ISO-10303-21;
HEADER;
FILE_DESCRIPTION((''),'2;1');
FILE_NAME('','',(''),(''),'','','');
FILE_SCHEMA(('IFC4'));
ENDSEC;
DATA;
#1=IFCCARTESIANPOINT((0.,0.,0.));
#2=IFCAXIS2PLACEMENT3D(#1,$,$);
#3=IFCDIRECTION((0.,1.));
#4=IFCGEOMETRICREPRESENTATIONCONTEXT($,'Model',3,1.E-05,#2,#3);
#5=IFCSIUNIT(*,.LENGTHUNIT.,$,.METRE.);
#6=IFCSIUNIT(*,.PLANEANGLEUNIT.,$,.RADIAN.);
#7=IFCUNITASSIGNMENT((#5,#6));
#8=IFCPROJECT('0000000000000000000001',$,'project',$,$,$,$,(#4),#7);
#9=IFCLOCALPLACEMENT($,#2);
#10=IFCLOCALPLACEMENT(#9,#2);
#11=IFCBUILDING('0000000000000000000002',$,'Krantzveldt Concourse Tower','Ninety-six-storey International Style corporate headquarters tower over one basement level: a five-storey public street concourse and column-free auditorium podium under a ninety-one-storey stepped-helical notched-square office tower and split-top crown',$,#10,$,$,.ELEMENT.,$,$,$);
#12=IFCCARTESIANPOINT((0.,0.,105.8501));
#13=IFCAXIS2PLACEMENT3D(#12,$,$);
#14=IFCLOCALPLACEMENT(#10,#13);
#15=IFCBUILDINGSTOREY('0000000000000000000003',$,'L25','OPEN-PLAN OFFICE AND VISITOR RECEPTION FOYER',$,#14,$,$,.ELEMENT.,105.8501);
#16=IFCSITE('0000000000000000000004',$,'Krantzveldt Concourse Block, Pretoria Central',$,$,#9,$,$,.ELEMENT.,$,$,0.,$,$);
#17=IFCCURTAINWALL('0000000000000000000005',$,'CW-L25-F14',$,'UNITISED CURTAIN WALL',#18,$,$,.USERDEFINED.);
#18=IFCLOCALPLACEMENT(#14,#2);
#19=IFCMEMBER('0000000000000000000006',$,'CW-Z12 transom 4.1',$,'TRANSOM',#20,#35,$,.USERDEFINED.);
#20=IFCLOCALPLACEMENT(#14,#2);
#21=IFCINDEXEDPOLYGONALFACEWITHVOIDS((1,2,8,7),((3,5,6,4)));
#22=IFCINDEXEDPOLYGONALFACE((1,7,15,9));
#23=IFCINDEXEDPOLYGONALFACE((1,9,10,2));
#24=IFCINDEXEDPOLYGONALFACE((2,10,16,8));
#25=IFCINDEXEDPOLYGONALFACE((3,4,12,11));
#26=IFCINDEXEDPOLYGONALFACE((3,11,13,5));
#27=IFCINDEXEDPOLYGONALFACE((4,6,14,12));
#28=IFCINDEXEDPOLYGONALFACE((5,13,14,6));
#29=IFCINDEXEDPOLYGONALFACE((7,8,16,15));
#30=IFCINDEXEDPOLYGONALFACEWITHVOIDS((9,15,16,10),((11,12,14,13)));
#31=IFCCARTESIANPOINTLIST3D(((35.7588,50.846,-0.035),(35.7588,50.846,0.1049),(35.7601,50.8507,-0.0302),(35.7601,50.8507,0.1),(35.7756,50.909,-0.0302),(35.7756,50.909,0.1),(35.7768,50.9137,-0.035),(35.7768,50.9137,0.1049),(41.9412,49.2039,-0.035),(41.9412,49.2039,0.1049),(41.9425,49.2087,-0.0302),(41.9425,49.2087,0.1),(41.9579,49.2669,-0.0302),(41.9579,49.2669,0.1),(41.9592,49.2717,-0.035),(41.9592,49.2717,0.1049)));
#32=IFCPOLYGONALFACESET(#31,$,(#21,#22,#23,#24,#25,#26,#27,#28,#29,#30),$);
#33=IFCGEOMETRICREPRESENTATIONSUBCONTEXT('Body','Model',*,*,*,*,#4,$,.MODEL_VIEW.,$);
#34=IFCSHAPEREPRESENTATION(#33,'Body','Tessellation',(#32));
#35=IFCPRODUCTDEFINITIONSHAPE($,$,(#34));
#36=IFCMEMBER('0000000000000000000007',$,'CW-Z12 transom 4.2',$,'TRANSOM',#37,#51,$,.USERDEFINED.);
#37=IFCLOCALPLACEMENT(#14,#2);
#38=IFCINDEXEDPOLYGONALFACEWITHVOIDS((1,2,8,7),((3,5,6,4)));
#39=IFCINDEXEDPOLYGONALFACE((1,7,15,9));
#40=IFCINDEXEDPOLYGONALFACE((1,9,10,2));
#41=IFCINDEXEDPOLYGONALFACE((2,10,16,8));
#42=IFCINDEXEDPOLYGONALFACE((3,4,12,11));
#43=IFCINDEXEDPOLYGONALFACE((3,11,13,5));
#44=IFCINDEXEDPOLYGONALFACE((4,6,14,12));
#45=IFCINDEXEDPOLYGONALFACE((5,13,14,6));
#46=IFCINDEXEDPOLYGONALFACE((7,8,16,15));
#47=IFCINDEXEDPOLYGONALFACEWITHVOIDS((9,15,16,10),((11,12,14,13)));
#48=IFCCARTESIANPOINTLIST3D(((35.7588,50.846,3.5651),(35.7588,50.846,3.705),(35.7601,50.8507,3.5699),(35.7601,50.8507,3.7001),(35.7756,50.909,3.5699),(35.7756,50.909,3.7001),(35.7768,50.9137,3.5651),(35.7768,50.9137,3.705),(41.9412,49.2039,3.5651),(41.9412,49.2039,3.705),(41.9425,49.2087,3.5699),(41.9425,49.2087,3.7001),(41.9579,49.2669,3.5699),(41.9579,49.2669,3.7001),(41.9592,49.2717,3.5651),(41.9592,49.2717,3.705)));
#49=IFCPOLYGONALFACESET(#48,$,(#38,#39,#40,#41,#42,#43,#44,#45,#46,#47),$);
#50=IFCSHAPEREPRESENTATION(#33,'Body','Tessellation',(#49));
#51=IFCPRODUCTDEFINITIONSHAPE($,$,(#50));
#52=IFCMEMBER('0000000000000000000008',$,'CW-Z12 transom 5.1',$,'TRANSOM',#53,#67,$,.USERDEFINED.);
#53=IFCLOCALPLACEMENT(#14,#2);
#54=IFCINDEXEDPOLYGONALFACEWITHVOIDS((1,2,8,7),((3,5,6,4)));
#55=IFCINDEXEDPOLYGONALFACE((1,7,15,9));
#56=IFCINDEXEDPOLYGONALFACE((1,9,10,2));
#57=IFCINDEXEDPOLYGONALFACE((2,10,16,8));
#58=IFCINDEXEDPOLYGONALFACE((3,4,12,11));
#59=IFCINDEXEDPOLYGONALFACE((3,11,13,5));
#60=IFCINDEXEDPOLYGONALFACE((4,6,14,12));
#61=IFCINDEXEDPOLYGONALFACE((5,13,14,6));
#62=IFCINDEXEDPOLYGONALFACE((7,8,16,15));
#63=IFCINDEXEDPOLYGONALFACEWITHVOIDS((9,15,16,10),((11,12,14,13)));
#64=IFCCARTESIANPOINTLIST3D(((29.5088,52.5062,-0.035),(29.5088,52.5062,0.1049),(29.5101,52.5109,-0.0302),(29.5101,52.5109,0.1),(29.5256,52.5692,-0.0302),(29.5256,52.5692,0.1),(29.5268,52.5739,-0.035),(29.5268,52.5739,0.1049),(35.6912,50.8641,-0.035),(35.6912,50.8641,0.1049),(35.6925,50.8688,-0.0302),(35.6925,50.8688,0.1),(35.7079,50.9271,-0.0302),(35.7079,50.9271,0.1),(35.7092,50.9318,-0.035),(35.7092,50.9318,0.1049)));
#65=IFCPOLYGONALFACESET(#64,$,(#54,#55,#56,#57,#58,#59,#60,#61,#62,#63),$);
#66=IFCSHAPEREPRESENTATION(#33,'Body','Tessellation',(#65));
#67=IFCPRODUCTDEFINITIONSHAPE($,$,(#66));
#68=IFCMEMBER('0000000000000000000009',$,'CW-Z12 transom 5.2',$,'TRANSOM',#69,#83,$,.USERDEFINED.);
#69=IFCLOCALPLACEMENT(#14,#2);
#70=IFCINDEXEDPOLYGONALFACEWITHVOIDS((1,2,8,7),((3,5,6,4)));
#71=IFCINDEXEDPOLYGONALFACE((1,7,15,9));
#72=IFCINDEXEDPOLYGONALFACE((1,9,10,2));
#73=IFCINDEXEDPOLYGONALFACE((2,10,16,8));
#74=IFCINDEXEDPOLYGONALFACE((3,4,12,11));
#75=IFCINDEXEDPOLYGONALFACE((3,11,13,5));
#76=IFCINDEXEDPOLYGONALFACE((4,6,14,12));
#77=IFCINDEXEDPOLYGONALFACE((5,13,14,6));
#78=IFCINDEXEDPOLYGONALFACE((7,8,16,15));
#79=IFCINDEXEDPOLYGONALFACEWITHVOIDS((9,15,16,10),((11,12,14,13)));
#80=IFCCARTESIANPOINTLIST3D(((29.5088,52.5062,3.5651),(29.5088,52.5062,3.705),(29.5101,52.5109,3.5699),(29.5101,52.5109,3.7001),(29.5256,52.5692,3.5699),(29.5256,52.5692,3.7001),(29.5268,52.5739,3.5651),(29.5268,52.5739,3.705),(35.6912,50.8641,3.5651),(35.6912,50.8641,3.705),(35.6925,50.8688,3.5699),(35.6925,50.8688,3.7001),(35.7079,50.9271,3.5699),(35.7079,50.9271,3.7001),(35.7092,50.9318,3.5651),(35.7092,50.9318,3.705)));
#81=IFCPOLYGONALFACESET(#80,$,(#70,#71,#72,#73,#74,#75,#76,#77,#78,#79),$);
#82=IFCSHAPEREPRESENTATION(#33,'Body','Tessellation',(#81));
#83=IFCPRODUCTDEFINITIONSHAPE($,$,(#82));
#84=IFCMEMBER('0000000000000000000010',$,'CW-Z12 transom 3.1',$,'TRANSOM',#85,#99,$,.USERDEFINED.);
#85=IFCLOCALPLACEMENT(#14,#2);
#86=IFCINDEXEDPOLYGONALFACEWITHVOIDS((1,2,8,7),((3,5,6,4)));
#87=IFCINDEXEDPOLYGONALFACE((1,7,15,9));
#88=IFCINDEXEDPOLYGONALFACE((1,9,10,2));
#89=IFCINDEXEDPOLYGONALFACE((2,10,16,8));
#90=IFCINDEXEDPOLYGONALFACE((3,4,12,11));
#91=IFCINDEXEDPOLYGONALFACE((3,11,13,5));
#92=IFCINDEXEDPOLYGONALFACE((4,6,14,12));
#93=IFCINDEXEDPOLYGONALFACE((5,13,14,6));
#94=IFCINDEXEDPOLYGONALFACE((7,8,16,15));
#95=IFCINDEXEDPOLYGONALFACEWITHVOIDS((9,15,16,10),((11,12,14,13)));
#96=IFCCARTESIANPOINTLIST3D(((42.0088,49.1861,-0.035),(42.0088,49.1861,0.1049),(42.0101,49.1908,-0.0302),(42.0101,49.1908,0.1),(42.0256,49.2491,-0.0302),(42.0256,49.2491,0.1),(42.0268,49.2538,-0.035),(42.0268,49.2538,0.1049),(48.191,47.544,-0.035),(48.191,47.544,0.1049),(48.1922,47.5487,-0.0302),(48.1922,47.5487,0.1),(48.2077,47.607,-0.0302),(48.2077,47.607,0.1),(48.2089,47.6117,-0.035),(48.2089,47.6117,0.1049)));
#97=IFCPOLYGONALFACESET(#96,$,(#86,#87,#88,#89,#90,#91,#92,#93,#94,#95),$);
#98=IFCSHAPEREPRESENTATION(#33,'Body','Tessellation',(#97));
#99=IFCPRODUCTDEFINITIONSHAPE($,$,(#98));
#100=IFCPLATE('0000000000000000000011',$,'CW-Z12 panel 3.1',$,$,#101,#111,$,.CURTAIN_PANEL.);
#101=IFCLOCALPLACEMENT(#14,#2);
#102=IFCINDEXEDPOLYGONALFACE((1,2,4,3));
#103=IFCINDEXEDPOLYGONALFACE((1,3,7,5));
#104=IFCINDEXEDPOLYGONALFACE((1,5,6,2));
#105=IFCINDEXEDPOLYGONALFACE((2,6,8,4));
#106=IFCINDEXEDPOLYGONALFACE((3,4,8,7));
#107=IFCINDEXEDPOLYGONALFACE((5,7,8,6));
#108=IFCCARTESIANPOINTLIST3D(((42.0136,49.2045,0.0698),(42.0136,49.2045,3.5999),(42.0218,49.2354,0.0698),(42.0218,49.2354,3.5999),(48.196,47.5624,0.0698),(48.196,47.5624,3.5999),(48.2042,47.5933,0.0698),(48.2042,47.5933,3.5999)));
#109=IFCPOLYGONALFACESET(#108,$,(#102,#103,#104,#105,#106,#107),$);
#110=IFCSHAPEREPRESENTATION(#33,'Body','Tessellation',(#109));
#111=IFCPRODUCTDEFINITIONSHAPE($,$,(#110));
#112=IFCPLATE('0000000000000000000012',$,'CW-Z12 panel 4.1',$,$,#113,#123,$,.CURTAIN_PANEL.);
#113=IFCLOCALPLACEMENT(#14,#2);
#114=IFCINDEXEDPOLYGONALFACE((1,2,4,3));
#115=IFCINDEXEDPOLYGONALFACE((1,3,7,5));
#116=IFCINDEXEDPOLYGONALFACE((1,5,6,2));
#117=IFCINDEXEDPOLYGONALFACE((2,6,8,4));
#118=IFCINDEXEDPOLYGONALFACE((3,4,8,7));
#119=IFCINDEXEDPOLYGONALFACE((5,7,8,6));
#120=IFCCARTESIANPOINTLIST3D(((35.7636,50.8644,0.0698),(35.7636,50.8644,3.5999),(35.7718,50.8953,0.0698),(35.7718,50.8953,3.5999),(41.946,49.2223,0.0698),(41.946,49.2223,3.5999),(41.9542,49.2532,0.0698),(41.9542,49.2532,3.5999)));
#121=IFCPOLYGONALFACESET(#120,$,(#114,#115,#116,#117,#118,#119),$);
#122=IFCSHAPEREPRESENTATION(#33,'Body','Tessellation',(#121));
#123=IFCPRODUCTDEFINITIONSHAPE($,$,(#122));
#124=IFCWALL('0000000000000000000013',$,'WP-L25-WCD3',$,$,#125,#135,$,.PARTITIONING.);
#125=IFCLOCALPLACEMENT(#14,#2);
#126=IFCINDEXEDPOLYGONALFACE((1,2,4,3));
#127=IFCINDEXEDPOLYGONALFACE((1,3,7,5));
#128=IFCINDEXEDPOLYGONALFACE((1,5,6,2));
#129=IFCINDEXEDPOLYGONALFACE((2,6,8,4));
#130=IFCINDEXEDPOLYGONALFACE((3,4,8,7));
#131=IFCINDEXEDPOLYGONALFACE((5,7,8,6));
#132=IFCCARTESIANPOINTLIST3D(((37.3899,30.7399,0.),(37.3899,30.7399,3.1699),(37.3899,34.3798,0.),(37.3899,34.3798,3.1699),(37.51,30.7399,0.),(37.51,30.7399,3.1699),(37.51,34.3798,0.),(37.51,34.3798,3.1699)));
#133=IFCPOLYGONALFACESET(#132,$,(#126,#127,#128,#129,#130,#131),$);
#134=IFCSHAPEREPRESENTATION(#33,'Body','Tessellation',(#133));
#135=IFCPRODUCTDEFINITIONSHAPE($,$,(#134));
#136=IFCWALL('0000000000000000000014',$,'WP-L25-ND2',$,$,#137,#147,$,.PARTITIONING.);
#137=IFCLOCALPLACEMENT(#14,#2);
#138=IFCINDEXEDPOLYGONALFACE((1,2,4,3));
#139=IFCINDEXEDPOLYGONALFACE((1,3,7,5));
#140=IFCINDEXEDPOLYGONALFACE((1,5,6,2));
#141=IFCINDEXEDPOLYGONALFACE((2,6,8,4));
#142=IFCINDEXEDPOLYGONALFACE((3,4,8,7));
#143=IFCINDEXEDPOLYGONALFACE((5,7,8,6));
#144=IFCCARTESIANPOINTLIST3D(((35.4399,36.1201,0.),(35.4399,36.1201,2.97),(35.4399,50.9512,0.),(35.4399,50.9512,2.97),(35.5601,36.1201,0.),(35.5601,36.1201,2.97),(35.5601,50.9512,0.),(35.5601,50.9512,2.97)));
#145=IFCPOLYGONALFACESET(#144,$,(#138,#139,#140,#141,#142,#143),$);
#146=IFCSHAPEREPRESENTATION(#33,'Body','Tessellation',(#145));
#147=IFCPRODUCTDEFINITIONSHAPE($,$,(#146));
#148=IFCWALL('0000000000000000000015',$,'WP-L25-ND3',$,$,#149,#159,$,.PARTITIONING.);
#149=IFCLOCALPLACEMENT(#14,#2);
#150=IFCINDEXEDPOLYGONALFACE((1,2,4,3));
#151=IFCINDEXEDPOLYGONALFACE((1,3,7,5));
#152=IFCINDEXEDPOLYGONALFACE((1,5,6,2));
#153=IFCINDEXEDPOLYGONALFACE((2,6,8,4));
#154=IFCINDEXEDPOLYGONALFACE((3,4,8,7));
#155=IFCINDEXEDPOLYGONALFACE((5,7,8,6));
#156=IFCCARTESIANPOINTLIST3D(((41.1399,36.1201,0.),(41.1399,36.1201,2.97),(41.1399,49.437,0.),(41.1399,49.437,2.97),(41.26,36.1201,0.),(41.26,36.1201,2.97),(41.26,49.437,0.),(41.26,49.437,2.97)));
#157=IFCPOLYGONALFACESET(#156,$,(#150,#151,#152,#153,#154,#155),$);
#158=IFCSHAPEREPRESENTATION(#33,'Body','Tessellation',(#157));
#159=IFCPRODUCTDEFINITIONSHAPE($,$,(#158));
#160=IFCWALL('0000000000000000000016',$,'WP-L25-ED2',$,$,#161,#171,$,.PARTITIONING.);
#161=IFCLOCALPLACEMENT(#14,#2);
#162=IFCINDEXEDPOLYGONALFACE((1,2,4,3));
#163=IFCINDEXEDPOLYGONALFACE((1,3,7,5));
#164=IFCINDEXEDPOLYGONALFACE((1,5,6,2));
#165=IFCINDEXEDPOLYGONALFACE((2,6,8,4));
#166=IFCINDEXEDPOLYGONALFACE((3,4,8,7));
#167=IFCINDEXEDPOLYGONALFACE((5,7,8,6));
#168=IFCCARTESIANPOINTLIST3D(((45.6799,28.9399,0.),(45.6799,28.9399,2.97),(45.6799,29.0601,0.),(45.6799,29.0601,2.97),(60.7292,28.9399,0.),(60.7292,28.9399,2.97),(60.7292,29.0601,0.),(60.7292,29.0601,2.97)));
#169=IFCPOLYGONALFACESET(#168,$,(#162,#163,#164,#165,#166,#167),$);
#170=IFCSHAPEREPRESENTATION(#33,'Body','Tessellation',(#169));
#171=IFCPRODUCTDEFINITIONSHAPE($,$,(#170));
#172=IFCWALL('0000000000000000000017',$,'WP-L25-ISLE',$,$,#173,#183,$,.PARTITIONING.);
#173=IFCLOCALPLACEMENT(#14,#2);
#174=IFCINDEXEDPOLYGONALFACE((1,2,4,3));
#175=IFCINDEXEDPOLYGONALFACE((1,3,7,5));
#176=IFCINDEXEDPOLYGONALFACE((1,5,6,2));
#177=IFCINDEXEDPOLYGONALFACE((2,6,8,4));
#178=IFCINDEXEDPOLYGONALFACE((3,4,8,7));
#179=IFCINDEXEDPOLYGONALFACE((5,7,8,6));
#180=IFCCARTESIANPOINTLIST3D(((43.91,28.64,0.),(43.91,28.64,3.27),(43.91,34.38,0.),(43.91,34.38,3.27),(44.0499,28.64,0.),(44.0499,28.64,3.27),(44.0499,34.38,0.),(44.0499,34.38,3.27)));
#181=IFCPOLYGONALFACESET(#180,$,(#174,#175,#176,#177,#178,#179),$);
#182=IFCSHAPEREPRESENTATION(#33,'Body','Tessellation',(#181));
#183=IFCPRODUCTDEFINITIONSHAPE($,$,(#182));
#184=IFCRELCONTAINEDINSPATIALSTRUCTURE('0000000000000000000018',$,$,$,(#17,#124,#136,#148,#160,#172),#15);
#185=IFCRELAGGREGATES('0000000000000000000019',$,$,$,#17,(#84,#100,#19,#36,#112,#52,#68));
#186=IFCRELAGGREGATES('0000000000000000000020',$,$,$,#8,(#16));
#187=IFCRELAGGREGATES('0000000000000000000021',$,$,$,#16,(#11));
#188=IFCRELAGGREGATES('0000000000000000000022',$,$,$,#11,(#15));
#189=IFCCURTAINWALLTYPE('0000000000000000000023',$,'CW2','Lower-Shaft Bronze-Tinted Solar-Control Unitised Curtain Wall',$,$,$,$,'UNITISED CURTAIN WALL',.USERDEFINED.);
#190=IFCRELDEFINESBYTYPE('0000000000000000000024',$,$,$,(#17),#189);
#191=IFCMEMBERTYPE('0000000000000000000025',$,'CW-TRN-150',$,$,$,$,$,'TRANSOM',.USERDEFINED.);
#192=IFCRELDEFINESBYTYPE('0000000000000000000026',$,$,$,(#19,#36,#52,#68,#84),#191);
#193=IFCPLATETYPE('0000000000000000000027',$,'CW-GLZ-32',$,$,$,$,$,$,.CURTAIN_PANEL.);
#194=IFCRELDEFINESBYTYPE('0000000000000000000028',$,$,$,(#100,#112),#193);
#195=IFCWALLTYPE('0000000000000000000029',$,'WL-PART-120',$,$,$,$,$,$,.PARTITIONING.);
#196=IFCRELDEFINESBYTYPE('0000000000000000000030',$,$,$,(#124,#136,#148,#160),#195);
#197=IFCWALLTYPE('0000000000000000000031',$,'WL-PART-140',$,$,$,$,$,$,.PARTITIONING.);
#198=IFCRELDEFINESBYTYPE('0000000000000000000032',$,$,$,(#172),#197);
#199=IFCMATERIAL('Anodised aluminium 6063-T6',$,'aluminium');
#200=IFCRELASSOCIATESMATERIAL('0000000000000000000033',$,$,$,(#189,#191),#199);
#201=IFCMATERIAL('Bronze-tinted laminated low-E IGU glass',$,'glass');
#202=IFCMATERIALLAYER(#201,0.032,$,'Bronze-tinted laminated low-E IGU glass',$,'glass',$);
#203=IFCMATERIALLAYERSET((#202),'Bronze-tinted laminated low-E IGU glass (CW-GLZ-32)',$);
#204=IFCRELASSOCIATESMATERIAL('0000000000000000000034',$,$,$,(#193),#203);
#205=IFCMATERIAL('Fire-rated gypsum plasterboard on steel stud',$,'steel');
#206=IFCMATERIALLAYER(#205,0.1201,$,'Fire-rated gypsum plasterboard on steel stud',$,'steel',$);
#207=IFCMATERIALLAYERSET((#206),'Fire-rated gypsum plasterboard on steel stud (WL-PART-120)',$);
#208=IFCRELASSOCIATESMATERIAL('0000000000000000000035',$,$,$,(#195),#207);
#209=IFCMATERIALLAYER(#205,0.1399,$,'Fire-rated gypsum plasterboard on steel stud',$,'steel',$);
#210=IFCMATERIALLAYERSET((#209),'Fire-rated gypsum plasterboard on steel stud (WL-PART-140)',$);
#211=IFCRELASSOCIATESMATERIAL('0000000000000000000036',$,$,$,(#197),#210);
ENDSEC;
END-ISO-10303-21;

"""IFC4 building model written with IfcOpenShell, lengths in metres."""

from ifc_helpers import new_model, si_unit, direction, frame, frame_2d, origin, origin_2d, place, context, subcontext, project, spatial, rectangle, hollow_rectangle, extrude, source, transform, mapped, material, layer, layer_set, material_profile, profile_set, type_object, type_shapes, element, aggregate, save


model = new_model("IFC4")

# Units and contexts
model_context = context("Model", 3, precision=1e-05, world=origin(), true_north=direction((0.0, 1.0)))
body_context = subcontext(model_context, "Body", "Model", "MODEL_VIEW")
ifc_project = project(units=[si_unit("LENGTHUNIT", "METRE"), si_unit("PLANEANGLEUNIT", "RADIAN")], contexts=[model_context])

# Site, building, storey
site_placement = place(None, origin())
site = spatial("IfcSite", under=ifc_project, at=site_placement, Name="Krantzveldt Concourse Block, Pretoria Central", CompositionType="ELEMENT", RefElevation=0.0)
building_placement = place(site_placement, origin())
building = spatial("IfcBuilding", under=site, at=building_placement, Name="Krantzveldt Concourse Tower", Description="Ninety-six-storey International Style corporate headquarters tower over one basement level: a five-storey public street concourse and column-free auditorium podium under a ninety-one-storey stepped-helical notched-square office tower and split-top crown", CompositionType="ELEMENT")
storey_placement = place(building_placement, frame((0.0, 0.0, 105.8501)))
storey = spatial("IfcBuildingStorey", under=building, at=storey_placement, Name="L25", Description="OPEN-PLAN OFFICE AND VISITOR RECEPTION FOYER", CompositionType="ELEMENT", Elevation=105.8501)

# Curtain wall, members, plates
ifc_material_1 = material(Name="Anodised aluminium 6063-T6", Category="aluminium")
curtain_wall_type = type_object("IfcCurtainWallType", Name="CW2", Description="Lower-Shaft Bronze-Tinted Solar-Control Unitised Curtain Wall", ElementType="UNITISED CURTAIN WALL", PredefinedType="USERDEFINED", material=ifc_material_1)
curtain_wall_placement = place(storey_placement, origin())
curtain_wall = element("IfcCurtainWall", 1, at=curtain_wall_placement, inside=storey, type_object=curtain_wall_type, Name="CW-L25-F14", ObjectType="UNITISED CURTAIN WALL", PredefinedType="USERDEFINED")
ifc_material_profile_1 = material_profile(ifc_material_1, hollow_rectangle(XDim=0.0701, YDim=0.1399, WallThickness=0.0049, at=origin_2d()), Name="Anodised aluminium 6063-T6", Category="aluminium")
ifc_profile_set_1 = profile_set([ifc_material_profile_1], Name="Anodised aluminium 6063-T6 - ALU-TRAN 140x70x5")
member_type_1 = type_object("IfcMemberType", Name="CW-TRN-150", ElementType="TRANSOM", PredefinedType="USERDEFINED", material=ifc_profile_set_1)
shared_shape_1 = source(origin(), body_context, "Body", "SweptSolid", [
    extrude(hollow_rectangle(XDim=0.0701, YDim=0.1399, WallThickness=0.0049, at=origin_2d()), origin(), (0.0, 0.0, 1.0), 6.3967),
])
member_1_placement = place(storey_placement, frame((41.9502, 49.2378, 0.0349), z_axis=(-0.966489, 0.256708, 0.0), x_axis=(-0.256708, -0.966489, 0.0)))
member_1 = element("IfcMember", 2, at=member_1_placement, type_object=member_type_1, Name="CW-Z12 transom 4.1", ObjectType="TRANSOM", PredefinedType="USERDEFINED", context=body_context, shape_type="MappedRepresentation", body=[
    mapped(shared_shape_1, transform((0.0, 0.0, 0.0), x_axis=(1.0, 0.0, 0.0), y_axis=(0.0, 1.0, 0.0), z_axis=(0.0, 0.0, 1.0), scale=1.0)),
])
member_2_placement = place(storey_placement, frame((41.9502, 49.2378, 3.635), z_axis=(-0.966489, 0.256708, 0.0), x_axis=(-0.256708, -0.966489, 0.0)))
member_2 = element("IfcMember", 3, at=member_2_placement, type_object=member_type_1, Name="CW-Z12 transom 4.2", ObjectType="TRANSOM", PredefinedType="USERDEFINED", context=body_context, shape_type="MappedRepresentation", body=[
    mapped(shared_shape_1, transform((0.0, 0.0, 0.0), x_axis=(1.0, 0.0, 0.0), y_axis=(0.0, 1.0, 0.0), z_axis=(0.0, 0.0, 1.0), scale=1.0)),
])
member_3_placement = place(storey_placement, frame((35.7002, 50.8979, 0.0349), z_axis=(-0.966489, 0.256708, 0.0), x_axis=(-0.256708, -0.966489, 0.0)))
member_3 = element("IfcMember", 4, at=member_3_placement, type_object=member_type_1, Name="CW-Z12 transom 5.1", ObjectType="TRANSOM", PredefinedType="USERDEFINED", context=body_context, shape_type="MappedRepresentation", body=[
    mapped(shared_shape_1, transform((0.0, 0.0, 0.0), x_axis=(1.0, 0.0, 0.0), y_axis=(0.0, 1.0, 0.0), z_axis=(0.0, 0.0, 1.0), scale=1.0)),
])
member_4_placement = place(storey_placement, frame((35.7002, 50.8979, 3.635), z_axis=(-0.966489, 0.256708, 0.0), x_axis=(-0.256708, -0.966489, 0.0)))
member_4 = element("IfcMember", 5, at=member_4_placement, type_object=member_type_1, Name="CW-Z12 transom 5.2", ObjectType="TRANSOM", PredefinedType="USERDEFINED", context=body_context, shape_type="MappedRepresentation", body=[
    mapped(shared_shape_1, transform((0.0, 0.0, 0.0), x_axis=(1.0, 0.0, 0.0), y_axis=(0.0, 1.0, 0.0), z_axis=(0.0, 0.0, 1.0), scale=1.0)),
])
shared_shape_2 = source(origin(), body_context, "Body", "SweptSolid", [
    extrude(hollow_rectangle(XDim=0.0701, YDim=0.1399, WallThickness=0.0049, at=origin_2d()), origin(), (0.0, 0.0, 1.0), 6.3965),
])
type_shapes(member_type_1, [shared_shape_1, shared_shape_2])
member_5_placement = place(storey_placement, frame((48.2, 47.5779, 0.0349), z_axis=(-0.966487, 0.256717, 0.0), x_axis=(-0.256717, -0.966487, 0.0)))
member_5 = element("IfcMember", 6, at=member_5_placement, type_object=member_type_1, Name="CW-Z12 transom 3.1", ObjectType="TRANSOM", PredefinedType="USERDEFINED", context=body_context, shape_type="MappedRepresentation", body=[
    mapped(shared_shape_2, transform((0.0, 0.0, 0.0), x_axis=(1.0, 0.0, 0.0), y_axis=(0.0, 1.0, 0.0), z_axis=(0.0, 0.0, 1.0), scale=1.0)),
])
ifc_material_2 = material(Name="Bronze-tinted laminated low-E IGU glass", Category="glass")
ifc_layer_1 = layer(ifc_material_2, 0.032, Name="Bronze-tinted laminated low-E IGU glass", Category="glass")
ifc_layer_set_1 = layer_set([ifc_layer_1], Name="Bronze-tinted laminated low-E IGU glass (CW-GLZ-32)")
plate_type = type_object("IfcPlateType", Name="CW-GLZ-32", PredefinedType="CURTAIN_PANEL", material=ifc_layer_set_1)
shared_shape_3 = source(origin(), body_context, "Body", "SweptSolid", [
    extrude(rectangle(XDim=6.3967, YDim=0.032, at=origin_2d()), origin(), (0.0, 0.0, 1.0), 3.53),
])
type_shapes(plate_type, [shared_shape_3])
plate_1_placement = place(storey_placement, frame((45.1089, 48.3989, 0.0698), z_axis=(0.0, 0.0, 1.0), x_axis=(-0.966488, 0.256711, 0.0)))
plate_1 = element("IfcPlate", 7, at=plate_1_placement, type_object=plate_type, Name="CW-Z12 panel 3.1", PredefinedType="CURTAIN_PANEL", context=body_context, shape_type="MappedRepresentation", body=[
    mapped(shared_shape_3, transform((0.0, 0.0, 0.0), x_axis=(1.0, 0.0, 0.0), y_axis=(0.0, 1.0, 0.0), z_axis=(0.0, 0.0, 1.0), scale=1.0)),
])
plate_2_placement = place(storey_placement, frame((38.8589, 50.0588, 0.0698), z_axis=(0.0, 0.0, 1.0), x_axis=(-0.966488, 0.256711, 0.0)))
plate_2 = element("IfcPlate", 8, at=plate_2_placement, type_object=plate_type, Name="CW-Z12 panel 4.1", PredefinedType="CURTAIN_PANEL", context=body_context, shape_type="MappedRepresentation", body=[
    mapped(shared_shape_3, transform((0.0, 0.0, 0.0), x_axis=(1.0, 0.0, 0.0), y_axis=(0.0, 1.0, 0.0), z_axis=(0.0, 0.0, 1.0), scale=1.0)),
])
aggregate(curtain_wall, [member_5, plate_1, member_1, member_2, plate_2, member_3, member_4])

# Walls
ifc_material_3 = material(Name="Fire-rated gypsum plasterboard on steel stud", Category="steel")
ifc_layer_2 = layer(ifc_material_3, 0.1201, Name="Fire-rated gypsum plasterboard on steel stud", Category="steel")
ifc_layer_set_2 = layer_set([ifc_layer_2], Name="Fire-rated gypsum plasterboard on steel stud (WL-PART-120)")
wall_type_1 = type_object("IfcWallType", Name="WL-PART-120", PredefinedType="PARTITIONING", material=ifc_layer_set_2)
wall_1_placement = place(storey_placement, frame((37.45, 30.74, 0.0), z_axis=(0.0, 0.0, 1.0), x_axis=(0.0, 1.0, 0.0)))
element("IfcWall", 9, at=wall_1_placement, inside=storey, type_object=wall_type_1, Name="WP-L25-WCD3", PredefinedType="PARTITIONING", context=body_context, shape_type="SweptSolid", body=[
    extrude(rectangle(XDim=3.6399, YDim=0.1201, at=frame_2d((1.8198, 0.0))), origin(), (0.0, 0.0, 1.0), 3.1699),
])
wall_2_placement = place(storey_placement, frame((35.5, 36.1201, 0.0), z_axis=(0.0, 0.0, 1.0), x_axis=(0.0, 1.0, 0.0)))
element("IfcWall", 10, at=wall_2_placement, inside=storey, type_object=wall_type_1, Name="WP-L25-ND2", PredefinedType="PARTITIONING", context=body_context, shape_type="SweptSolid", body=[
    extrude(rectangle(XDim=14.8311, YDim=0.1201, at=frame_2d((7.4155, 0.0))), origin(), (0.0, 0.0, 1.0), 2.97),
])
wall_3_placement = place(storey_placement, frame((41.2, 36.1201, 0.0), z_axis=(0.0, 0.0, 1.0), x_axis=(0.0, 1.0, 0.0)))
element("IfcWall", 11, at=wall_3_placement, inside=storey, type_object=wall_type_1, Name="WP-L25-ND3", PredefinedType="PARTITIONING", context=body_context, shape_type="SweptSolid", body=[
    extrude(rectangle(XDim=13.3169, YDim=0.1201, at=frame_2d((6.6584, 0.0))), origin(), (0.0, 0.0, 1.0), 2.97),
])
wall_4_placement = place(storey_placement, frame((45.6799, 29.0, 0.0), z_axis=(0.0, 0.0, 1.0), x_axis=(1.0, 0.0, 0.0)))
element("IfcWall", 12, at=wall_4_placement, inside=storey, type_object=wall_type_1, Name="WP-L25-ED2", PredefinedType="PARTITIONING", context=body_context, shape_type="SweptSolid", body=[
    extrude(rectangle(XDim=15.0493, YDim=0.1201, at=frame_2d((7.5247, 0.0))), origin(), (0.0, 0.0, 1.0), 2.97),
])
ifc_layer_3 = layer(ifc_material_3, 0.1399, Name="Fire-rated gypsum plasterboard on steel stud", Category="steel")
ifc_layer_set_3 = layer_set([ifc_layer_3], Name="Fire-rated gypsum plasterboard on steel stud (WL-PART-140)")
wall_type_2 = type_object("IfcWallType", Name="WL-PART-140", PredefinedType="PARTITIONING", material=ifc_layer_set_3)
wall_5_placement = place(storey_placement, frame((43.98, 28.6399, 0.0), z_axis=(0.0, 0.0, 1.0), x_axis=(0.0, 1.0, 0.0)))
element("IfcWall", 13, at=wall_5_placement, inside=storey, type_object=wall_type_2, Name="WP-L25-ISLE", PredefinedType="PARTITIONING", context=body_context, shape_type="SweptSolid", body=[
    extrude(rectangle(XDim=5.74, YDim=0.1399, at=frame_2d((2.8701, 0.0))), origin(), (0.0, 0.0, 1.0), 3.27),
])

save(model, "model.ifc")
